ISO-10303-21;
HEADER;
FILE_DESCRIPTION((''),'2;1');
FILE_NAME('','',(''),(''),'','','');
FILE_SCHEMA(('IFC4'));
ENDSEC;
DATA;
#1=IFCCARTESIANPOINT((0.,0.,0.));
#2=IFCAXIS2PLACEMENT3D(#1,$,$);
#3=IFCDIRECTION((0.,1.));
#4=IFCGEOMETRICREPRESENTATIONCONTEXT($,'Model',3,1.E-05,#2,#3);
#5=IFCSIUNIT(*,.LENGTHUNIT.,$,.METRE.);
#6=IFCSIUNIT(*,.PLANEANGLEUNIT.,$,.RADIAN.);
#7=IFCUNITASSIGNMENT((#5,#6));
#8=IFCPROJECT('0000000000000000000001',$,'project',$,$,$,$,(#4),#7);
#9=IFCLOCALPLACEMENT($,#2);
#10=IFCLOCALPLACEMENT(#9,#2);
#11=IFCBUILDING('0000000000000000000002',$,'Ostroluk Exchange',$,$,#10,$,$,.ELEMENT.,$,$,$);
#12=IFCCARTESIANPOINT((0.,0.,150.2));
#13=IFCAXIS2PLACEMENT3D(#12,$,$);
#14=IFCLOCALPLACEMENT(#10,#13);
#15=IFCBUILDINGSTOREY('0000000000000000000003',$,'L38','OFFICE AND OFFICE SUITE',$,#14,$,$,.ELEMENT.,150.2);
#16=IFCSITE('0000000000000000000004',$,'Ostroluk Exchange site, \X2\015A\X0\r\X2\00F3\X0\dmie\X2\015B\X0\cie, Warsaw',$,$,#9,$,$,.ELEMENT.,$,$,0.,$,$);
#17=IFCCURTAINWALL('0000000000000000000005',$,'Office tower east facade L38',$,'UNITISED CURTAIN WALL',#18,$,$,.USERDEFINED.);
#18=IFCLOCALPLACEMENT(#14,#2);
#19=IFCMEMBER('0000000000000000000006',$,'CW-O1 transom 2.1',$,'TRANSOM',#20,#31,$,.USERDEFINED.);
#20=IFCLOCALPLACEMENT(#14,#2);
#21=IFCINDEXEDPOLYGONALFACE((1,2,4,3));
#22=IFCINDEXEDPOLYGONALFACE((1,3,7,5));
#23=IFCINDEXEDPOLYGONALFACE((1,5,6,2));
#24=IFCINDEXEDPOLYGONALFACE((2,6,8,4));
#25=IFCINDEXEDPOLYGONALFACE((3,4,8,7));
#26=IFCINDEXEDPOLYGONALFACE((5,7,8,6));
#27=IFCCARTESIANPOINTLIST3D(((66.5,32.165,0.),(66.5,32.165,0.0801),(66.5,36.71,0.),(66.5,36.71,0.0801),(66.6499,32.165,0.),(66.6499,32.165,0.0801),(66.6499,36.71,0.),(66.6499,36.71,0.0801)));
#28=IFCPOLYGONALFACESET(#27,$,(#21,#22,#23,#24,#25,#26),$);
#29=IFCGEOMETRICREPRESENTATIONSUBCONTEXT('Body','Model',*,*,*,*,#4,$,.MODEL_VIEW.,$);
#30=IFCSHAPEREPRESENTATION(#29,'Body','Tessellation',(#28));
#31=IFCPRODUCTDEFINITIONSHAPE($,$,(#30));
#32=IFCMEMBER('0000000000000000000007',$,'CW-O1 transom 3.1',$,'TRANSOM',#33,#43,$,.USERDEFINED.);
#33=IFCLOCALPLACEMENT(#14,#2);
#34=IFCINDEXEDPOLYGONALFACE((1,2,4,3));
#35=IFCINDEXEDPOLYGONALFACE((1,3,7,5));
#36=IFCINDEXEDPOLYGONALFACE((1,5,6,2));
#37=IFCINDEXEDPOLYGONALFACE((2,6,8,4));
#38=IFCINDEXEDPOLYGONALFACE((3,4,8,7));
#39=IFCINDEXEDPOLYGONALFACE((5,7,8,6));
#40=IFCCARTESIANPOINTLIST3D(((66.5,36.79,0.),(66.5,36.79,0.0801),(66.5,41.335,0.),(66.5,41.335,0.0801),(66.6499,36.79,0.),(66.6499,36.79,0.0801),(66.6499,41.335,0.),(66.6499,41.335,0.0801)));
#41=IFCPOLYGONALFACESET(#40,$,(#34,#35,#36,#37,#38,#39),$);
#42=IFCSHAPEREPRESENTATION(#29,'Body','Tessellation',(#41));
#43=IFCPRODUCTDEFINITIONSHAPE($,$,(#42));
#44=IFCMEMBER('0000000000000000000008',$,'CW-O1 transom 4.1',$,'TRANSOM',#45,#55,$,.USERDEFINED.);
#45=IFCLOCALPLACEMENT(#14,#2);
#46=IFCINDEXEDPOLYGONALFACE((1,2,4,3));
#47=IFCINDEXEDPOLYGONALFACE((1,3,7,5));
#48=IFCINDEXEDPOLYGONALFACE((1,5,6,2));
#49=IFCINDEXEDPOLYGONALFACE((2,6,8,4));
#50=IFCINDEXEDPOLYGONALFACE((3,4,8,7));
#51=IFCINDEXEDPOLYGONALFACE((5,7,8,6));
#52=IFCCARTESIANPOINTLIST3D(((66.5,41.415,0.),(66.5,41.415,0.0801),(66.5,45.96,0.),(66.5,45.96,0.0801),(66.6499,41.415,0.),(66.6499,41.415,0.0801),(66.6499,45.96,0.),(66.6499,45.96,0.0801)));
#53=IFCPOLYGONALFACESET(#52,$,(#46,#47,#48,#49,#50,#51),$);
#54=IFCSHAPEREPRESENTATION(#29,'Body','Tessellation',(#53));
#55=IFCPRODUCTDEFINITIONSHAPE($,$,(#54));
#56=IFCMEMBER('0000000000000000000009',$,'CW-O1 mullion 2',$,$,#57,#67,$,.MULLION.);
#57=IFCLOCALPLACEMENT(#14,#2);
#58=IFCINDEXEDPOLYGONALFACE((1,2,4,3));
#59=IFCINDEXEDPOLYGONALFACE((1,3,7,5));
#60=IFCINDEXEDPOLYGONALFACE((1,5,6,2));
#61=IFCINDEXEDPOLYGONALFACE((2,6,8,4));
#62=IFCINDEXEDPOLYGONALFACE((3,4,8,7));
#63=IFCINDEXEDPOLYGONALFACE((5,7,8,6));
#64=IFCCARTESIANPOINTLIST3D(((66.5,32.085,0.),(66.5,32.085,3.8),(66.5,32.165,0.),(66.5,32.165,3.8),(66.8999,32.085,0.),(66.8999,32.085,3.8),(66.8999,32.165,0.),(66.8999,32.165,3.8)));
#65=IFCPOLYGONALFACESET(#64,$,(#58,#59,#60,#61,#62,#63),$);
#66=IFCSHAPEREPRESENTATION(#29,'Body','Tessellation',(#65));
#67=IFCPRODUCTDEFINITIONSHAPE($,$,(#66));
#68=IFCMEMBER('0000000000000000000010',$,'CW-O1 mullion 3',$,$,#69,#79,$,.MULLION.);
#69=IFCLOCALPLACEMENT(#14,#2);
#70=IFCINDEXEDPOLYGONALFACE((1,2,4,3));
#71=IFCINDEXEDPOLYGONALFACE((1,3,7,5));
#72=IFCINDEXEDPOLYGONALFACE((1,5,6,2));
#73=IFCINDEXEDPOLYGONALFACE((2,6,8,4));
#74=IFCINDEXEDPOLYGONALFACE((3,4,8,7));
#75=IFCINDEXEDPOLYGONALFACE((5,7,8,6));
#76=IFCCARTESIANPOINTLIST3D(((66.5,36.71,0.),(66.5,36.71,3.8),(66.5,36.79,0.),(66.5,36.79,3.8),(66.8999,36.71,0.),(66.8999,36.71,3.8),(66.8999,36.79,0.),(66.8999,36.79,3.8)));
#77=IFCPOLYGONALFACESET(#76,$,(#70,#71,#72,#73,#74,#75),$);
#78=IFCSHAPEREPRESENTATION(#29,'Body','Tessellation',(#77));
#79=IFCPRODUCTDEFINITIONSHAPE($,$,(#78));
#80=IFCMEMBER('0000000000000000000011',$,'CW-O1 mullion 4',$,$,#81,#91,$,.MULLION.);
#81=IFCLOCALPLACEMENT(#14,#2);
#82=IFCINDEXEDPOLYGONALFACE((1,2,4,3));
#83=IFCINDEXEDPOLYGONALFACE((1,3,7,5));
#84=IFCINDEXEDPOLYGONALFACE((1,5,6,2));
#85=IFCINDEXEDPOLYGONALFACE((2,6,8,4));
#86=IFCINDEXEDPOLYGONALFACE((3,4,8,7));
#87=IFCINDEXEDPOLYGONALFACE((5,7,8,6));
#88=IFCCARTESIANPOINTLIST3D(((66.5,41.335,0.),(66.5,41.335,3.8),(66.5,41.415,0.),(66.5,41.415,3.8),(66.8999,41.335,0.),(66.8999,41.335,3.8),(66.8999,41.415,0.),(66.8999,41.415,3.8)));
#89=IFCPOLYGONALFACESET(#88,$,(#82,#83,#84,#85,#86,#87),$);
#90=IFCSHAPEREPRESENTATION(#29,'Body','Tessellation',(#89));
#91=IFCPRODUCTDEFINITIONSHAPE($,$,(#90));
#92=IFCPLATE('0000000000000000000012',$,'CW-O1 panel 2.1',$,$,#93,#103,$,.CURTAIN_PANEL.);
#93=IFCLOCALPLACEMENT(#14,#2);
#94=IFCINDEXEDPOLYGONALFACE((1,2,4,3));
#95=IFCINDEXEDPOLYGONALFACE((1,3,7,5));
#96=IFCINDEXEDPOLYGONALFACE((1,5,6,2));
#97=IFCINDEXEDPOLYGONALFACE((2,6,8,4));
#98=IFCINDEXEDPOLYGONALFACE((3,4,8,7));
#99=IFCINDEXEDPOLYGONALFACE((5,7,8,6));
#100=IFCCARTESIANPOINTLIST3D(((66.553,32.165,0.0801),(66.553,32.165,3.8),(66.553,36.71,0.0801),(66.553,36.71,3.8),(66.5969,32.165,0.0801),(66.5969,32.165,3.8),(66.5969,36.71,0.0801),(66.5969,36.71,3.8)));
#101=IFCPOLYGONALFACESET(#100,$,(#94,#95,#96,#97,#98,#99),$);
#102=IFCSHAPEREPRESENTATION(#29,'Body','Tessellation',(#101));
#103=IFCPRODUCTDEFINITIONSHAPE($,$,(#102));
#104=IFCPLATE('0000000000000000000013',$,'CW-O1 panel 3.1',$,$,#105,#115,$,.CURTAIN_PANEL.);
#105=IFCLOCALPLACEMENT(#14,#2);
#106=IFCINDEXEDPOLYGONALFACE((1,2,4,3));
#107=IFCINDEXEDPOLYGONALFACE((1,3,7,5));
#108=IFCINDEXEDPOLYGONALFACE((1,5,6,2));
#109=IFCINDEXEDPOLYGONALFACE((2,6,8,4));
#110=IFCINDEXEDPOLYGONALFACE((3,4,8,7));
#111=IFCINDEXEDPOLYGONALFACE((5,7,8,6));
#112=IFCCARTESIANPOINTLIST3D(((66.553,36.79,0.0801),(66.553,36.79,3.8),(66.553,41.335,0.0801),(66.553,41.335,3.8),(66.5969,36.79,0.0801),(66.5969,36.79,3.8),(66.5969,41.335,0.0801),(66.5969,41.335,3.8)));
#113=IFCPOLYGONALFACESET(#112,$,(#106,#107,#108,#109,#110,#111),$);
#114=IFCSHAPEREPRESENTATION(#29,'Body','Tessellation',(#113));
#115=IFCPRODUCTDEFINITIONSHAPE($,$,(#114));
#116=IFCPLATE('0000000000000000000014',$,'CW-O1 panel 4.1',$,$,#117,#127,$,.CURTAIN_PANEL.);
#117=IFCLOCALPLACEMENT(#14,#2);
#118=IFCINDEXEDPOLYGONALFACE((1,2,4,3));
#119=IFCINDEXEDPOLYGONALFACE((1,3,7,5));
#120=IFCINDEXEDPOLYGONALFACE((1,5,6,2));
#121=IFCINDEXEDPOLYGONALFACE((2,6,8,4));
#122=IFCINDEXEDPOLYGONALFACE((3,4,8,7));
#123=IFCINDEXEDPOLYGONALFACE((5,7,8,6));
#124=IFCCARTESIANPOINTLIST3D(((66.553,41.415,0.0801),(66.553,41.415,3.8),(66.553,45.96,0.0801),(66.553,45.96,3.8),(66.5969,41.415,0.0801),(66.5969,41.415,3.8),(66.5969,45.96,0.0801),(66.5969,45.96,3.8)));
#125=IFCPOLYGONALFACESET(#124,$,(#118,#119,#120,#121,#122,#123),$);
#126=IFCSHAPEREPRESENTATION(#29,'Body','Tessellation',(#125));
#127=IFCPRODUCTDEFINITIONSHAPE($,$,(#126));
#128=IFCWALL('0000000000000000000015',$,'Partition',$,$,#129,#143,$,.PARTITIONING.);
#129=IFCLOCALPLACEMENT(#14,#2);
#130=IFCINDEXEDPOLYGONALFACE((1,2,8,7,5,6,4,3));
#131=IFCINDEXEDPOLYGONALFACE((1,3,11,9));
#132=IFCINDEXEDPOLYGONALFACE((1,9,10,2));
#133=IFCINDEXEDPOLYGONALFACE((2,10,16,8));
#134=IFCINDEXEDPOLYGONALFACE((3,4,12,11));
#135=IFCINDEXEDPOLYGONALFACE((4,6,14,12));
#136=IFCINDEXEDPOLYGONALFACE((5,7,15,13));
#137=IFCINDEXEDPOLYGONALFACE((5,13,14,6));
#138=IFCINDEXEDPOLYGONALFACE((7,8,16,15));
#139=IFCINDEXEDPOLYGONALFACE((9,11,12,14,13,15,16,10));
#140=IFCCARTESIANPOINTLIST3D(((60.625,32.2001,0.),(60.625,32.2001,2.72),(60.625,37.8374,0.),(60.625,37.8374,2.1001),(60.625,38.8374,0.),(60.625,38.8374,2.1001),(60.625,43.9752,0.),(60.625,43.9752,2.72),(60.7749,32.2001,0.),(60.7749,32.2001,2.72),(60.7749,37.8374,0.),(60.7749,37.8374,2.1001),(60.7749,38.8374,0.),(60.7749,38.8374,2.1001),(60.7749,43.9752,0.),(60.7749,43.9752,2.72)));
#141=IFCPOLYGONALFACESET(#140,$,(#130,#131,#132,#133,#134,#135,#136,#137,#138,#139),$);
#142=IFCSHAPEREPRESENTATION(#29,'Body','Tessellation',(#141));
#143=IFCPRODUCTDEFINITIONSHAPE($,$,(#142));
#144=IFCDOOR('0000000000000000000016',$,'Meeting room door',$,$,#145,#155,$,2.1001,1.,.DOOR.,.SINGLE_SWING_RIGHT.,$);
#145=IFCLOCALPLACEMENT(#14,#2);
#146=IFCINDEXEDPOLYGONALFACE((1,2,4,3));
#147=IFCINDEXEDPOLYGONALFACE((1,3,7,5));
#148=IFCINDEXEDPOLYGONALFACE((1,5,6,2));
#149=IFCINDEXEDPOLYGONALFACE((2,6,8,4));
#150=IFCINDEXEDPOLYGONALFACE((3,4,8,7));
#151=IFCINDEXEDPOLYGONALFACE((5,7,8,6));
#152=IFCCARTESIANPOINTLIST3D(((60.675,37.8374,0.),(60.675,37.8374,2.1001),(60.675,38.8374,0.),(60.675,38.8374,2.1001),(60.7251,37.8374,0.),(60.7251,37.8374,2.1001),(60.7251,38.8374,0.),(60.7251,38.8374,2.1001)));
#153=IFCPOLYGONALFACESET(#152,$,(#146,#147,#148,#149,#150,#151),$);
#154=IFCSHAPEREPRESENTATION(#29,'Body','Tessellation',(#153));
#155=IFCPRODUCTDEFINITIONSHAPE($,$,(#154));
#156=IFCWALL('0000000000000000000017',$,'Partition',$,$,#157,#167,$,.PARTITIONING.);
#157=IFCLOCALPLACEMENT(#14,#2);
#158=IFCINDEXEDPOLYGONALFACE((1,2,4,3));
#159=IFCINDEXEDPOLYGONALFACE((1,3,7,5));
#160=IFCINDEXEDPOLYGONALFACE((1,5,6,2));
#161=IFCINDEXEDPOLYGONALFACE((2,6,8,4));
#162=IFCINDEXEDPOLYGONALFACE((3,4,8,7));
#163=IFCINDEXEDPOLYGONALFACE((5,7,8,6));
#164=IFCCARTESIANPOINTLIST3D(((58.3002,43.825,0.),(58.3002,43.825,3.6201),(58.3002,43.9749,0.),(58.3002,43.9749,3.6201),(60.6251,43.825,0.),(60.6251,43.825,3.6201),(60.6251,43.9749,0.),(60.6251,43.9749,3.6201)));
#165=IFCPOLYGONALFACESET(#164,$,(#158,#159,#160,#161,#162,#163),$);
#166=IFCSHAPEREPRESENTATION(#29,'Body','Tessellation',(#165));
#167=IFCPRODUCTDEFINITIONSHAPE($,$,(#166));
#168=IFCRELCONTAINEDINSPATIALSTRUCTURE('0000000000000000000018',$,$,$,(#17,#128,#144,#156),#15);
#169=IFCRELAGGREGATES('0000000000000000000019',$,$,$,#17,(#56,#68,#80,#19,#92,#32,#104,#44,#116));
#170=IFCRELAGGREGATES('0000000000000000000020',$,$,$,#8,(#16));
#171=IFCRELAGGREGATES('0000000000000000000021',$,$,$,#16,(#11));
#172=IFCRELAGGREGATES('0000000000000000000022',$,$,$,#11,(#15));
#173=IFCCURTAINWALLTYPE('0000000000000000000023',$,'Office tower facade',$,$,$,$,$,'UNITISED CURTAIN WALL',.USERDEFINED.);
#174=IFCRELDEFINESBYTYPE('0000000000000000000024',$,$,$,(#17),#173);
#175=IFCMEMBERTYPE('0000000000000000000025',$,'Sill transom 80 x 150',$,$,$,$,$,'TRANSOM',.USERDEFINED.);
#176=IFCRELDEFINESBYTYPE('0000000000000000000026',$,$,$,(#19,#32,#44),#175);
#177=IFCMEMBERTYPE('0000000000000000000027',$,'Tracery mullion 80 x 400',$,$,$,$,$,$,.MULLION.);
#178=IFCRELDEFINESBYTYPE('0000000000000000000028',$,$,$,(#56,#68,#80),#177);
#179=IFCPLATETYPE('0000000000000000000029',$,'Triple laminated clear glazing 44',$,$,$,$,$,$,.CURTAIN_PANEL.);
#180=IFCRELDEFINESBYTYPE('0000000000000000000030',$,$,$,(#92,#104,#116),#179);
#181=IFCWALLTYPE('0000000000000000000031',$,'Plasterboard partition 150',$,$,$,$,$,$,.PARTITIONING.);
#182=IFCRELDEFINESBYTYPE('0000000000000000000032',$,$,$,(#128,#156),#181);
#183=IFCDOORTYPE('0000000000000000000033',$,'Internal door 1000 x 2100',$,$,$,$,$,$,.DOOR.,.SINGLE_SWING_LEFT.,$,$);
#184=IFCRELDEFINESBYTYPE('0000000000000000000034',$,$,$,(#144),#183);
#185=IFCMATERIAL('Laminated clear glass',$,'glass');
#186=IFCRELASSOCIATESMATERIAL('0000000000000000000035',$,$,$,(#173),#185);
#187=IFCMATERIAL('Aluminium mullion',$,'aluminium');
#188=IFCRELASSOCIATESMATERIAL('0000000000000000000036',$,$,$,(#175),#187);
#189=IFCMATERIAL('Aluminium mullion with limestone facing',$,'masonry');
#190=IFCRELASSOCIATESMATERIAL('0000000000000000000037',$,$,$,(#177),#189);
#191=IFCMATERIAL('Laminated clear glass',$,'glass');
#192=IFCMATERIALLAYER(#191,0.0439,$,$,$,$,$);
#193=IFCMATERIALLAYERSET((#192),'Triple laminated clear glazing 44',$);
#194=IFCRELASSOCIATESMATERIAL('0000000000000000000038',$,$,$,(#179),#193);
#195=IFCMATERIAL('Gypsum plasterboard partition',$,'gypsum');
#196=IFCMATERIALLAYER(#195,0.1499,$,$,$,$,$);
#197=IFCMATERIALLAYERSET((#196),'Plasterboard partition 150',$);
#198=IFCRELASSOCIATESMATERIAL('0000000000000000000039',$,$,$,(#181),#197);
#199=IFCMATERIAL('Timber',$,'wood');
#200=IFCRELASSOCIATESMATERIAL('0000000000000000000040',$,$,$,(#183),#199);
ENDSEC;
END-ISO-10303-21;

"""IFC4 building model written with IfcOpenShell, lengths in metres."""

from ifc_helpers import new_model, si_unit, direction, frame, frame_2d, origin, origin_2d, place, context, subcontext, project, spatial, rectangle, extrude, material, layer, layer_set, material_profile, profile_set, type_object, element, fill, aggregate, save


model = new_model("IFC4")

# Units and contexts
model_context = context("Model", 3, precision=1e-05, world=origin(), true_north=direction((0.0, 1.0)))
body_context = subcontext(model_context, "Body", "Model", "MODEL_VIEW")
ifc_project = project(units=[si_unit("LENGTHUNIT", "METRE"), si_unit("PLANEANGLEUNIT", "RADIAN")], contexts=[model_context])

# Site, building, storey
site_placement = place(None, origin())
site = spatial("IfcSite", under=ifc_project, at=site_placement, Name="Ostroluk Exchange site, Śródmieście, Warsaw", CompositionType="ELEMENT", RefElevation=0.0)
building_placement = place(site_placement, origin())
building = spatial("IfcBuilding", under=site, at=building_placement, Name="Ostroluk Exchange", CompositionType="ELEMENT")
storey_placement = place(building_placement, frame((0.0, 0.0, 150.2)))
storey = spatial("IfcBuildingStorey", under=building, at=storey_placement, Name="L38", Description="OFFICE AND OFFICE SUITE", CompositionType="ELEMENT", Elevation=150.2)

# Curtain wall, members, plates
ifc_material_1 = material(Name="Laminated clear glass", Category="glass")
curtain_wall_type = type_object("IfcCurtainWallType", Name="Office tower facade", ElementType="UNITISED CURTAIN WALL", PredefinedType="USERDEFINED", material=ifc_material_1)
curtain_wall_placement = place(storey_placement, origin())
curtain_wall = element("IfcCurtainWall", 1, at=curtain_wall_placement, inside=storey, type_object=curtain_wall_type, Name="Office tower east facade L38", ObjectType="UNITISED CURTAIN WALL", PredefinedType="USERDEFINED")
ifc_material_2 = material(Name="Aluminium mullion", Category="aluminium")
ifc_material_profile_1 = material_profile(ifc_material_2, rectangle(XDim=0.1499, YDim=0.0801, at=origin_2d()), Name="Sill transom 80 x 150")
ifc_profile_set_1 = profile_set([ifc_material_profile_1], Name="Aluminium mullion")
member_type_1 = type_object("IfcMemberType", Name="Sill transom 80 x 150", ElementType="TRANSOM", PredefinedType="USERDEFINED", material=ifc_profile_set_1)
member_1_placement = place(storey_placement, frame((66.575, 32.165, 0.04), z_axis=(0.0, 1.0, 0.0), x_axis=(-1.0, 0.0, 0.0)))
member_1 = element("IfcMember", 2, at=member_1_placement, type_object=member_type_1, Name="CW-O1 transom 2.1", ObjectType="TRANSOM", PredefinedType="USERDEFINED", context=body_context, shape_type="SweptSolid", body=[
    extrude(rectangle(XDim=0.1499, YDim=0.0801, at=origin_2d()), origin(), (0.0, 0.0, 1.0), 4.5449),
])
member_2_placement = place(storey_placement, frame((66.575, 36.79, 0.04), z_axis=(0.0, 1.0, 0.0), x_axis=(-1.0, 0.0, 0.0)))
member_2 = element("IfcMember", 3, at=member_2_placement, type_object=member_type_1, Name="CW-O1 transom 3.1", ObjectType="TRANSOM", PredefinedType="USERDEFINED", context=body_context, shape_type="SweptSolid", body=[
    extrude(rectangle(XDim=0.1499, YDim=0.0801, at=origin_2d()), origin(), (0.0, 0.0, 1.0), 4.5449),
])
member_3_placement = place(storey_placement, frame((66.575, 41.415, 0.04), z_axis=(0.0, 1.0, 0.0), x_axis=(-1.0, 0.0, 0.0)))
member_3 = element("IfcMember", 4, at=member_3_placement, type_object=member_type_1, Name="CW-O1 transom 4.1", ObjectType="TRANSOM", PredefinedType="USERDEFINED", context=body_context, shape_type="SweptSolid", body=[
    extrude(rectangle(XDim=0.1499, YDim=0.0801, at=origin_2d()), origin(), (0.0, 0.0, 1.0), 4.5449),
])
ifc_material_3 = material(Name="Aluminium mullion with limestone facing", Category="masonry")
ifc_material_profile_2 = material_profile(ifc_material_3, rectangle(XDim=0.3999, YDim=0.0801, at=origin_2d()), Name="Tracery mullion 80 x 400")
ifc_profile_set_2 = profile_set([ifc_material_profile_2], Name="Aluminium mullion with limestone facing")
member_type_2 = type_object("IfcMemberType", Name="Tracery mullion 80 x 400", PredefinedType="MULLION", material=ifc_profile_set_2)
member_4_placement = place(storey_placement, frame((66.7, 32.125, 0.0), z_axis=(0.0, 0.0, 1.0), x_axis=(-1.0, 0.0, 0.0)))
member_4 = element("IfcMember", 5, at=member_4_placement, type_object=member_type_2, Name="CW-O1 mullion 2", PredefinedType="MULLION", context=body_context, shape_type="SweptSolid", body=[
    extrude(rectangle(XDim=0.3999, YDim=0.0801, at=origin_2d()), origin(), (0.0, 0.0, 1.0), 3.8),
])
member_5_placement = place(storey_placement, frame((66.7, 36.75, 0.0), z_axis=(0.0, 0.0, 1.0), x_axis=(-1.0, 0.0, 0.0)))
member_5 = element("IfcMember", 6, at=member_5_placement, type_object=member_type_2, Name="CW-O1 mullion 3", PredefinedType="MULLION", context=body_context, shape_type="SweptSolid", body=[
    extrude(rectangle(XDim=0.3999, YDim=0.0801, at=origin_2d()), origin(), (0.0, 0.0, 1.0), 3.8),
])
member_6_placement = place(storey_placement, frame((66.7, 41.375, 0.0), z_axis=(0.0, 0.0, 1.0), x_axis=(-1.0, 0.0, 0.0)))
member_6 = element("IfcMember", 7, at=member_6_placement, type_object=member_type_2, Name="CW-O1 mullion 4", PredefinedType="MULLION", context=body_context, shape_type="SweptSolid", body=[
    extrude(rectangle(XDim=0.3999, YDim=0.0801, at=origin_2d()), origin(), (0.0, 0.0, 1.0), 3.8),
])
ifc_material_4 = material(Name="Laminated clear glass", Category="glass")
ifc_layer_1 = layer(ifc_material_4, 0.0439)
ifc_layer_set_1 = layer_set([ifc_layer_1], Name="Triple laminated clear glazing 44")
plate_type = type_object("IfcPlateType", Name="Triple laminated clear glazing 44", PredefinedType="CURTAIN_PANEL", material=ifc_layer_set_1)
plate_1_placement = place(storey_placement, frame((66.575, 34.4375, 0.0801), z_axis=(0.0, 0.0, 1.0), x_axis=(0.0, 1.0, 0.0)))
plate_1 = element("IfcPlate", 8, at=plate_1_placement, type_object=plate_type, Name="CW-O1 panel 2.1", PredefinedType="CURTAIN_PANEL", context=body_context, shape_type="SweptSolid", body=[
    extrude(rectangle(XDim=4.5449, YDim=0.0439, at=origin_2d()), origin(), (0.0, 0.0, 1.0), 3.72),
])
plate_2_placement = place(storey_placement, frame((66.575, 39.0625, 0.0801), z_axis=(0.0, 0.0, 1.0), x_axis=(0.0, 1.0, 0.0)))
plate_2 = element("IfcPlate", 9, at=plate_2_placement, type_object=plate_type, Name="CW-O1 panel 3.1", PredefinedType="CURTAIN_PANEL", context=body_context, shape_type="SweptSolid", body=[
    extrude(rectangle(XDim=4.5449, YDim=0.0439, at=origin_2d()), origin(), (0.0, 0.0, 1.0), 3.72),
])
plate_3_placement = place(storey_placement, frame((66.575, 43.6875, 0.0801), z_axis=(0.0, 0.0, 1.0), x_axis=(0.0, 1.0, 0.0)))
plate_3 = element("IfcPlate", 10, at=plate_3_placement, type_object=plate_type, Name="CW-O1 panel 4.1", PredefinedType="CURTAIN_PANEL", context=body_context, shape_type="SweptSolid", body=[
    extrude(rectangle(XDim=4.5449, YDim=0.0439, at=origin_2d()), origin(), (0.0, 0.0, 1.0), 3.72),
])
aggregate(curtain_wall, [member_4, member_5, member_6, member_1, plate_1, member_2, plate_2, member_3, plate_3])

# Wall, opening, door
ifc_material_5 = material(Name="Gypsum plasterboard partition", Category="gypsum")
ifc_layer_2 = layer(ifc_material_5, 0.1499)
ifc_layer_set_2 = layer_set([ifc_layer_2], Name="Plasterboard partition 150")
wall_type = type_object("IfcWallType", Name="Plasterboard partition 150", PredefinedType="PARTITIONING", material=ifc_layer_set_2)
wall_1_placement = place(storey_placement, frame((60.7, 32.2, 0.0), z_axis=(0.0, 0.0, 1.0), x_axis=(0.0, 1.0, 0.0)))
wall_1 = element("IfcWall", 11, at=wall_1_placement, inside=storey, type_object=wall_type, Name="Partition", PredefinedType="PARTITIONING", context=body_context, shape_type="SweptSolid", body=[
    extrude(rectangle(XDim=11.7751, YDim=0.1499, at=frame_2d((5.8877, 0.0))), origin(), (0.0, 0.0, 1.0), 2.72),
])
opening_1_placement = place(wall_1_placement, frame((5.6375, 0.0, 0.0)))
opening_1 = element("IfcOpeningElement", 12, at=opening_1_placement, cuts=wall_1, PredefinedType="OPENING", context=body_context, shape_type="SweptSolid", body=[
    extrude(rectangle(XDim=1.0, YDim=2.1001, at=frame_2d((0.5, 1.05))), frame((0.0, 0.085, 0.0), z_axis=(0.0, -1.0, 0.0), x_axis=(1.0, 0.0, 0.0)), (0.0, 0.0, 1.0), 0.1699),
])
ifc_material_6 = material(Name="Timber", Category="wood")
door_type = type_object("IfcDoorType", Name="Internal door 1000 x 2100", OperationType="SINGLE_SWING_LEFT", PredefinedType="DOOR", material=ifc_material_6)
door_1_placement = place(opening_1_placement, origin())
door_1 = element("IfcDoor", 13, at=door_1_placement, inside=storey, type_object=door_type, Name="Meeting room door", OperationType="SINGLE_SWING_RIGHT", OverallHeight=2.1001, OverallWidth=1.0, PredefinedType="DOOR", context=body_context, shape_type="SweptSolid", body=[
    extrude(rectangle(XDim=1.0, YDim=2.1001, at=frame_2d((0.5, 1.05))), frame((0.0, 0.0249, 0.0), z_axis=(0.0, -1.0, 0.0), x_axis=(1.0, 0.0, 0.0)), (0.0, 0.0, 1.0), 0.05),
])
fill(opening_1, door_1)

# Wall
wall_2_placement = place(storey_placement, frame((58.3, 43.8999, 0.0), z_axis=(0.0, 0.0, 1.0), x_axis=(1.0, 0.0, 0.0)))
element("IfcWall", 14, at=wall_2_placement, inside=storey, type_object=wall_type, Name="Partition", PredefinedType="PARTITIONING", context=body_context, shape_type="SweptSolid", body=[
    extrude(rectangle(XDim=2.325, YDim=0.1499, at=frame_2d((1.1626, 0.0))), origin(), (0.0, 0.0, 1.0), 3.6201),
])

save(model, "model.ifc")
